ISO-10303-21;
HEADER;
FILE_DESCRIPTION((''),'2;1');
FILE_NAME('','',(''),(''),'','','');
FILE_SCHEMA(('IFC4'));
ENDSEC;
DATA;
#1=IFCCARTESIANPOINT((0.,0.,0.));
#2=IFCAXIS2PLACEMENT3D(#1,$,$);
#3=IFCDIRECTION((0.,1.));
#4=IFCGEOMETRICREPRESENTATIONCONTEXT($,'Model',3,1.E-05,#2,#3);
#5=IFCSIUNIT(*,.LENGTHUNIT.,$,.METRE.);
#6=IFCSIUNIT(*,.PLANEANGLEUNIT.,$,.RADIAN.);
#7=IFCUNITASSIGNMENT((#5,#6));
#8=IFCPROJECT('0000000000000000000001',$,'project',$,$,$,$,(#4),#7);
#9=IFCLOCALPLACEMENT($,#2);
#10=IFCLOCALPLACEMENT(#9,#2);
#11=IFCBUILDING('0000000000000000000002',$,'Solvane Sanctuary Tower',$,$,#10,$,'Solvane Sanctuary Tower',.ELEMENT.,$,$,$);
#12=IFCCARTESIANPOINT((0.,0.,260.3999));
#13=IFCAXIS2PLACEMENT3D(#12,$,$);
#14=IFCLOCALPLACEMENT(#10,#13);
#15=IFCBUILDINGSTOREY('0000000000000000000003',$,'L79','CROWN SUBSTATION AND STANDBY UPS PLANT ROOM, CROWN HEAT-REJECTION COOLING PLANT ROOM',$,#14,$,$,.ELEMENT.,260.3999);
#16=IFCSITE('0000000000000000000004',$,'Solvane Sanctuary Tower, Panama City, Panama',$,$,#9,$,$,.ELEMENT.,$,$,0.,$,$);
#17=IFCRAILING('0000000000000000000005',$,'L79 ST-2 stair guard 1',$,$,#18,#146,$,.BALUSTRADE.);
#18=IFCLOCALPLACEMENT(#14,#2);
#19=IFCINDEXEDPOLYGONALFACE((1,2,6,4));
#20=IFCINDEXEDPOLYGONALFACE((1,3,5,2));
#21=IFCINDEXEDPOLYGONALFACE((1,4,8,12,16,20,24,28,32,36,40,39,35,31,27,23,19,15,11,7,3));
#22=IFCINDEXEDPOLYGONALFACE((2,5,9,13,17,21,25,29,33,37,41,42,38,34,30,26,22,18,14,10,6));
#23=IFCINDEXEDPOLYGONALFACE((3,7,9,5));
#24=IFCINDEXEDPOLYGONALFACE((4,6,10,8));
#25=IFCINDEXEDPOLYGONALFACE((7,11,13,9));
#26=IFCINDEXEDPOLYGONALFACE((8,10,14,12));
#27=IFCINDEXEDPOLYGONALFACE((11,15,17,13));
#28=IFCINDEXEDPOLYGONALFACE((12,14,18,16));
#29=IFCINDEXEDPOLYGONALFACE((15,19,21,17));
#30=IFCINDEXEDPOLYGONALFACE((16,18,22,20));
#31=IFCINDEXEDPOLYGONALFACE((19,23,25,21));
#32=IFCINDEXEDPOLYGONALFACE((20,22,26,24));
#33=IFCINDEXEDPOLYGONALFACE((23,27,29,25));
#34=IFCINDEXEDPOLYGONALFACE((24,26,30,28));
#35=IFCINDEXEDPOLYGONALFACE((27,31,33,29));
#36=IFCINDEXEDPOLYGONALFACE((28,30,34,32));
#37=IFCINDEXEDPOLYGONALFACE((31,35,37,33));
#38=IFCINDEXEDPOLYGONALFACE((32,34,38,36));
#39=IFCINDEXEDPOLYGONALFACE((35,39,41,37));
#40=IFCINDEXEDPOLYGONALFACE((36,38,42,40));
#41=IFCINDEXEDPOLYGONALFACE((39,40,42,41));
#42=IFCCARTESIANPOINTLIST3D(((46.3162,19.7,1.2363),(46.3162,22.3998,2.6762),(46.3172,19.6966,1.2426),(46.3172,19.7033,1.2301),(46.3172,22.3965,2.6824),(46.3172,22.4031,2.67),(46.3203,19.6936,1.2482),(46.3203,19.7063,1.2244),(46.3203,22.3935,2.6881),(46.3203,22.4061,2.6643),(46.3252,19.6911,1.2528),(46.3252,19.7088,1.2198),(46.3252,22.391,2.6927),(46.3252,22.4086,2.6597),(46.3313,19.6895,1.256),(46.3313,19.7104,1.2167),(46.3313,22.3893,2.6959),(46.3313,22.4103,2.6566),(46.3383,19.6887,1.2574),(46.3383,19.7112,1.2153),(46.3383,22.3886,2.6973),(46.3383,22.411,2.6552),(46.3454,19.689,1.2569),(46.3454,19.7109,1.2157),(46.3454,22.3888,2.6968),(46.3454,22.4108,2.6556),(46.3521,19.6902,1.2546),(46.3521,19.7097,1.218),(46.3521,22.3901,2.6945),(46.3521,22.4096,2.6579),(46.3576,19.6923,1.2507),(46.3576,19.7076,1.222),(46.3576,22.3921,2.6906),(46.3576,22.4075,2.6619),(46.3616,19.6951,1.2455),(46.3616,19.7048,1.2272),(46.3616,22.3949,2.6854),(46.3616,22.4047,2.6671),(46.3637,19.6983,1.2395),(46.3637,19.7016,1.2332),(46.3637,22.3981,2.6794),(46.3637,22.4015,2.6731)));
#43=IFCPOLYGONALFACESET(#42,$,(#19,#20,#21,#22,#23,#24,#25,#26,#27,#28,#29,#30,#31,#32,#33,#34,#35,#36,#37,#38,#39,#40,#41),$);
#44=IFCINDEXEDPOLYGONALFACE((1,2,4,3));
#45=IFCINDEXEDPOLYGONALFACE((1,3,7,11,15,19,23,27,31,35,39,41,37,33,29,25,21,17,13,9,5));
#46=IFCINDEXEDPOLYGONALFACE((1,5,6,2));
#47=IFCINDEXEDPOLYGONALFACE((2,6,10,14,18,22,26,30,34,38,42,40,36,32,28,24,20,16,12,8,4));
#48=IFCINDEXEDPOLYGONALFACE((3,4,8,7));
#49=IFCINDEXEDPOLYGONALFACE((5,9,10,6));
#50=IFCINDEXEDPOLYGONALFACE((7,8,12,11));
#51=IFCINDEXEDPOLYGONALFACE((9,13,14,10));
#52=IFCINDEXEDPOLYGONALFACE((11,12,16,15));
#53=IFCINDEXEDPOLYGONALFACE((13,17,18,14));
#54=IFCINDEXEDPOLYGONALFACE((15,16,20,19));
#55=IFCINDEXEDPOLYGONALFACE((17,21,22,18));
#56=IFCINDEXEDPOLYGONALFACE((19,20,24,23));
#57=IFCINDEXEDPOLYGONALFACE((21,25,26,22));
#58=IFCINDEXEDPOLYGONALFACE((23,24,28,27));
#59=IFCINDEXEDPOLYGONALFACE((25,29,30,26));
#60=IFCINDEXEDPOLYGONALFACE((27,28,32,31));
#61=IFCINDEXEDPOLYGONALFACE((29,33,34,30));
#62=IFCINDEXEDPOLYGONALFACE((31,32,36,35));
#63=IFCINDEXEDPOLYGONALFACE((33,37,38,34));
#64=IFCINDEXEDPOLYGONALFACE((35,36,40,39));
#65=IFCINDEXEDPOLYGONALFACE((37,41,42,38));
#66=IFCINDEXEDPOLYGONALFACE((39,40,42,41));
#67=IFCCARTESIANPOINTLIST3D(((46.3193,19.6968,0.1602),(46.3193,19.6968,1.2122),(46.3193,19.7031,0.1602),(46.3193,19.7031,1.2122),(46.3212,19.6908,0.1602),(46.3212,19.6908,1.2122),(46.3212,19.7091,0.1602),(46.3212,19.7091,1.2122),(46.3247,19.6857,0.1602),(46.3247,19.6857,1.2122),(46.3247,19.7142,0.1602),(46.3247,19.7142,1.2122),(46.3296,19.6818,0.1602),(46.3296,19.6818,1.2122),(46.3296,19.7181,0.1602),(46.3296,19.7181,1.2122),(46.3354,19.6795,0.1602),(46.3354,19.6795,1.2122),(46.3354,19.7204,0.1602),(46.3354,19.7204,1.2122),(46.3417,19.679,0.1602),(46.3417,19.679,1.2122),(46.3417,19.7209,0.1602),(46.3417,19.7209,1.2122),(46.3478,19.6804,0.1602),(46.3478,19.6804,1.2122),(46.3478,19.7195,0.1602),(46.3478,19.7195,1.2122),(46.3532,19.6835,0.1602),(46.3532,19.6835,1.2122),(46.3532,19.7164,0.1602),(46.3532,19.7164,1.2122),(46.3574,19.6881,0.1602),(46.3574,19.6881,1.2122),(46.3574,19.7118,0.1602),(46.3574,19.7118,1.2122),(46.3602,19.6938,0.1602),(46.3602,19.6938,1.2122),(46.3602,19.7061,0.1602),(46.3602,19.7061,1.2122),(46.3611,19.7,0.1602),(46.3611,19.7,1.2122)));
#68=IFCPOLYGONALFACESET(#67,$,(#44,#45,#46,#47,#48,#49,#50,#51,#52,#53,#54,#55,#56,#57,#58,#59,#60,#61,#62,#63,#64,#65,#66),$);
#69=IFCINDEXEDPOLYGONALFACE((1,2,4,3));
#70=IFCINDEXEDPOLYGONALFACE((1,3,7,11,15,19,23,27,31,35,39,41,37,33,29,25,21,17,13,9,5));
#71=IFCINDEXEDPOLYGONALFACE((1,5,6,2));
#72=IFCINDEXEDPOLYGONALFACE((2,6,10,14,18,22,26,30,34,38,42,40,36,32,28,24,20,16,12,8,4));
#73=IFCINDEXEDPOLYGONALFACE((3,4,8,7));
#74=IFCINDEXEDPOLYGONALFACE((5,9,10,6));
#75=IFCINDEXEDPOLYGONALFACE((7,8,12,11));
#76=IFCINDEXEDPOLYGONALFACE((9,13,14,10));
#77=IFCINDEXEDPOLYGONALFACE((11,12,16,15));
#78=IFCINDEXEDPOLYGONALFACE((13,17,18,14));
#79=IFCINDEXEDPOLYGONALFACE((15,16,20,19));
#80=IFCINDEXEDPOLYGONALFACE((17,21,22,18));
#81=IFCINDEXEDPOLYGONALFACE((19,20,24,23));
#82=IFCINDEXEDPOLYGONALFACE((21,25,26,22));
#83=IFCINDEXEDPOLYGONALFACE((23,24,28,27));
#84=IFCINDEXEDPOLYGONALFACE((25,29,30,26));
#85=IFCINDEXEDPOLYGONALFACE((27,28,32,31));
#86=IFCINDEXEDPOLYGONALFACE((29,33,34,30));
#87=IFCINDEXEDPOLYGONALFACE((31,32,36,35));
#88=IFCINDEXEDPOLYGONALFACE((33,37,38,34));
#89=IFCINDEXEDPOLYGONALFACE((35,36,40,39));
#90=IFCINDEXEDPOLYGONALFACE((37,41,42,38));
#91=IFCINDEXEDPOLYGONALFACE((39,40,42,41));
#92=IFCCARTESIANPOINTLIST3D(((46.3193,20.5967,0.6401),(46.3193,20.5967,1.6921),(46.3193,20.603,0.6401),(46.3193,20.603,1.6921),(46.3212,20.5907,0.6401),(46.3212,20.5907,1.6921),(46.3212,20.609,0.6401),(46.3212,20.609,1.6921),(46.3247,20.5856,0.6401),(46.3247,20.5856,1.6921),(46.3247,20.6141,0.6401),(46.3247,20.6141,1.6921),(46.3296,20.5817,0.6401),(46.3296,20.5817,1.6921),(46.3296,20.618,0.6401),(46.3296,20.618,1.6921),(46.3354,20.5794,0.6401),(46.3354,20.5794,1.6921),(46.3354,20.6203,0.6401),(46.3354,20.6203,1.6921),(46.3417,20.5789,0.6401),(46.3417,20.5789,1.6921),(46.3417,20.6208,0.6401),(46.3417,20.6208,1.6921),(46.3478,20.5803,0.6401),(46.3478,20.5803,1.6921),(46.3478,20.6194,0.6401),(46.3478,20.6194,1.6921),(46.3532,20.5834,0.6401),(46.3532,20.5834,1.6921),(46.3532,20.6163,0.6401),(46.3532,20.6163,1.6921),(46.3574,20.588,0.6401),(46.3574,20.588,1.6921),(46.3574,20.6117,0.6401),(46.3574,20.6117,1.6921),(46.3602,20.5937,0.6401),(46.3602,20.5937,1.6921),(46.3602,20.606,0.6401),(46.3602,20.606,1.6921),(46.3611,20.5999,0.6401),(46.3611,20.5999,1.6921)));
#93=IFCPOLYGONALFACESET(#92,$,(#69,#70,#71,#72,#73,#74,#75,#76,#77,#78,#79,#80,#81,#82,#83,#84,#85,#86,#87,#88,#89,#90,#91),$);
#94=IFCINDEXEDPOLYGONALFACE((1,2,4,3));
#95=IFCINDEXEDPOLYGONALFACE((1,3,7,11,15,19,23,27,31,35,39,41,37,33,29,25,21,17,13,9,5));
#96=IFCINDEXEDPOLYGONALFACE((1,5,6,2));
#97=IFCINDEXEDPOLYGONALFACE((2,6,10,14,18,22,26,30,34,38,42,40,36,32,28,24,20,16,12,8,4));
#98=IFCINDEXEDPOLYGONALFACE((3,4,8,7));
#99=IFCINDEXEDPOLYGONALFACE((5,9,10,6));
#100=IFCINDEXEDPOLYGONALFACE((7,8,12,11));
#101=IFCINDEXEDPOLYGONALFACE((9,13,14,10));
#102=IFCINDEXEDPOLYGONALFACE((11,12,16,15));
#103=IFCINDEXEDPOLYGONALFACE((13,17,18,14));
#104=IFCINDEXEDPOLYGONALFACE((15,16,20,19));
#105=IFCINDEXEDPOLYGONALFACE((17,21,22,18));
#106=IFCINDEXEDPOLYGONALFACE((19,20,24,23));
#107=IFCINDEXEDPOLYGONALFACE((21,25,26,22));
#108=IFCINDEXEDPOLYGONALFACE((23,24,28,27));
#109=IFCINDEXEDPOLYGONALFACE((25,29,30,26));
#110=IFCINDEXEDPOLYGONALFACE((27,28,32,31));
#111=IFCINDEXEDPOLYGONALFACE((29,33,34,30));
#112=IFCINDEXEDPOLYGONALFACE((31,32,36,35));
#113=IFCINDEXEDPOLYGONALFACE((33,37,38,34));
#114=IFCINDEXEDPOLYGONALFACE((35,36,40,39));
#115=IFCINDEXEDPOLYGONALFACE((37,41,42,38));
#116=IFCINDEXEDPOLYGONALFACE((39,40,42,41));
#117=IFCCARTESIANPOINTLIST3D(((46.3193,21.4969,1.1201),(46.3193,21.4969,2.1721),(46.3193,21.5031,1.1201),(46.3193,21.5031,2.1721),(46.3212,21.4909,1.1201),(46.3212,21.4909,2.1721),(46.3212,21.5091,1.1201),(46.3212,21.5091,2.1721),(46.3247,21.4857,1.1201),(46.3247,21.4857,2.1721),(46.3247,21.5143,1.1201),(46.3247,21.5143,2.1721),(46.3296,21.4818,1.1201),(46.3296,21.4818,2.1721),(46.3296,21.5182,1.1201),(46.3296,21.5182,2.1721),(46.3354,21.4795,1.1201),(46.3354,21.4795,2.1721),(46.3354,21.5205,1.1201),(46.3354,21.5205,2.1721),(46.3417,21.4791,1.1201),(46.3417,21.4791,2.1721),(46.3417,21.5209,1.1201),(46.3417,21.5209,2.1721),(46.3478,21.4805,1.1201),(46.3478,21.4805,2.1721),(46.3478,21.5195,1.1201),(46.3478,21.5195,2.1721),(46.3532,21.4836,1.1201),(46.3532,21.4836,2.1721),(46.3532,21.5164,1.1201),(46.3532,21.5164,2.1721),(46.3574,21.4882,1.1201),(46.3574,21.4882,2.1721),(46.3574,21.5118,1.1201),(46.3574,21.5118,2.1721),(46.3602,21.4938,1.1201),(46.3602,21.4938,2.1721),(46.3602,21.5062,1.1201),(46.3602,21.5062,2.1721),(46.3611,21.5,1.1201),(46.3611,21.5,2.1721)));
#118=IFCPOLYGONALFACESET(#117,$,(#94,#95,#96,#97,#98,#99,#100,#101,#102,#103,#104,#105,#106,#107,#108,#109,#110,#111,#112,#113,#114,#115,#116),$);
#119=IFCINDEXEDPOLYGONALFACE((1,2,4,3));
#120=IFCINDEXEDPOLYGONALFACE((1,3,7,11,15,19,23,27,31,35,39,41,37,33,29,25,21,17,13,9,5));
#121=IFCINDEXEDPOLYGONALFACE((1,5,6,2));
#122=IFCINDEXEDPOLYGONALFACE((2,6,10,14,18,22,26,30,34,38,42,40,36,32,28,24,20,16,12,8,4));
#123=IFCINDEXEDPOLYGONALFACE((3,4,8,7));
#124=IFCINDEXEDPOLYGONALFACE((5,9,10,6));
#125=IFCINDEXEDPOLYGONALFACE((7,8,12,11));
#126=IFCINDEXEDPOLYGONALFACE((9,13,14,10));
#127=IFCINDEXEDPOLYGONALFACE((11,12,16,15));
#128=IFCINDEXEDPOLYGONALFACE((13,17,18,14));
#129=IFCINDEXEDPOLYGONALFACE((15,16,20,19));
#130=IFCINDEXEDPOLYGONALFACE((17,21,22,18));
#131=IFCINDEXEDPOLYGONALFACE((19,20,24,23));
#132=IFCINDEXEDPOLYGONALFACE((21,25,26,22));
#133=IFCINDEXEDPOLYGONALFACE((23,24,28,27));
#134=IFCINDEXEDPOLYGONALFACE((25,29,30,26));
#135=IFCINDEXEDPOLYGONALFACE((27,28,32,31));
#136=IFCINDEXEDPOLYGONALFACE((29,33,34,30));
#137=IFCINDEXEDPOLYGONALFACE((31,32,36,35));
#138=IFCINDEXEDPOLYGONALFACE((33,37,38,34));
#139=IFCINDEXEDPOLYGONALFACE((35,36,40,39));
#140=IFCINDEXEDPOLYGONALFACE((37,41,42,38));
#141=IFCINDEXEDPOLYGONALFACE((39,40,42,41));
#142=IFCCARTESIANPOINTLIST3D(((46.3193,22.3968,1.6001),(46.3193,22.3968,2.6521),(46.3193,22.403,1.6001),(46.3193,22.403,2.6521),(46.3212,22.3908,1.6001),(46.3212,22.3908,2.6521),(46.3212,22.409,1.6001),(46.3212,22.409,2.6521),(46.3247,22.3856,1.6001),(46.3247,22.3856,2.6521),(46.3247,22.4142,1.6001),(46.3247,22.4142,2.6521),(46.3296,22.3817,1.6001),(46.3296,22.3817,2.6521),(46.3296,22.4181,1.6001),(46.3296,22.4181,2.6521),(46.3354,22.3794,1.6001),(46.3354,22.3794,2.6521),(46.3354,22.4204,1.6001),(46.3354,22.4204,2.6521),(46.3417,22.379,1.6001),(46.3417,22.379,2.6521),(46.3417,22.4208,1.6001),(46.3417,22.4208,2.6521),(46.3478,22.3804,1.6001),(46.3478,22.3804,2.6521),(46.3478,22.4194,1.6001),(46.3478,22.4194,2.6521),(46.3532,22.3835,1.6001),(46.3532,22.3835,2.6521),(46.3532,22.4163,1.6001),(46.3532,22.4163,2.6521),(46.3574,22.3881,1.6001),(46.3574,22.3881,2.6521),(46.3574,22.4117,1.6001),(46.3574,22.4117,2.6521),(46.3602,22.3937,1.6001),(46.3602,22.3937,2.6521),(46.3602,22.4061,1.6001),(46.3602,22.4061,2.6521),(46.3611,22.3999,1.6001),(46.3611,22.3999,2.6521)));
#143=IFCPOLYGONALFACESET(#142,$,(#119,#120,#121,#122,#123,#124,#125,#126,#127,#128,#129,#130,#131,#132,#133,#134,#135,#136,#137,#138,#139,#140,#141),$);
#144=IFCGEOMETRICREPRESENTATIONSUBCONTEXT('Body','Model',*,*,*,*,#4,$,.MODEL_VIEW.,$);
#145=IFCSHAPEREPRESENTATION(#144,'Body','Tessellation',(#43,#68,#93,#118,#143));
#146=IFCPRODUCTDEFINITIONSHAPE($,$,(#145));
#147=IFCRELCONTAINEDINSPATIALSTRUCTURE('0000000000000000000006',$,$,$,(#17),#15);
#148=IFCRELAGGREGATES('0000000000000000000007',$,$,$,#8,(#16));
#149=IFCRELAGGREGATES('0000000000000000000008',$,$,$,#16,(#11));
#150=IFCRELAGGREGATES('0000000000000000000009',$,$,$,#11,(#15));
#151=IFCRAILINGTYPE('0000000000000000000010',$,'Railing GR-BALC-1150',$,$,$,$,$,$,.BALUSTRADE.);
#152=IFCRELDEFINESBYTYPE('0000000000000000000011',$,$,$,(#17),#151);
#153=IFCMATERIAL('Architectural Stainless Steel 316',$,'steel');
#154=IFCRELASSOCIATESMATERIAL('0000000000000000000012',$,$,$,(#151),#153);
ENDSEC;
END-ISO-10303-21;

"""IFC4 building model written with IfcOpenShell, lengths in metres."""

from ifc_helpers import new_model, si_unit, direction, frame, origin, origin_2d, place, context, subcontext, project, spatial, circle, extrude, material, type_object, element, save


model = new_model("IFC4")

# Units and contexts
model_context = context("Model", 3, precision=1e-05, world=origin(), true_north=direction((0.0, 1.0)))
body_context = subcontext(model_context, "Body", "Model", "MODEL_VIEW")
ifc_project = project(units=[si_unit("LENGTHUNIT", "METRE"), si_unit("PLANEANGLEUNIT", "RADIAN")], contexts=[model_context])

# Site, building, storey
site_placement = place(None, origin())
site = spatial("IfcSite", under=ifc_project, at=site_placement, Name="Solvane Sanctuary Tower, Panama City, Panama", CompositionType="ELEMENT", RefElevation=0.0)
building_placement = place(site_placement, origin())
building = spatial("IfcBuilding", under=site, at=building_placement, Name="Solvane Sanctuary Tower", LongName="Solvane Sanctuary Tower", CompositionType="ELEMENT")
storey_placement = place(building_placement, frame((0.0, 0.0, 260.3999)))
storey = spatial("IfcBuildingStorey", under=building, at=storey_placement, Name="L79", Description="CROWN SUBSTATION AND STANDBY UPS PLANT ROOM, CROWN HEAT-REJECTION COOLING PLANT ROOM", CompositionType="ELEMENT", Elevation=260.3999)

# Shared definitions
ifc_material_1 = material(Name="Architectural Stainless Steel 316", Category="steel")

# Railing
railing_type_1 = type_object("IfcRailingType", Name="Railing GR-BALC-1150", PredefinedType="BALUSTRADE", material=ifc_material_1)
railing_1_placement = place(storey_placement, frame((46.3401, 19.7, 0.1602)))
element("IfcRailing", 1, at=railing_1_placement, inside=storey, type_object=railing_type_1, Name="L79 ST-2 stair guard 1", PredefinedType="BALUSTRADE", context=body_context, shape_type="SweptSolid", body=[
    extrude(circle(Radius=0.0239, at=origin_2d()), frame((0.0, 0.0, 1.0762), z_axis=(0.0, 0.882357, 0.47058), x_axis=(-1.0, 0.0, 0.0)), (0.0, 0.0, 1.0), 3.0598),
    extrude(circle(Radius=0.021, at=origin_2d()), origin(), (0.0, 0.0, 1.0), 1.052),
    extrude(circle(Radius=0.021, at=origin_2d()), frame((0.0, 0.8999, 0.48)), (0.0, 0.0, 1.0), 1.052),
    extrude(circle(Radius=0.021, at=origin_2d()), frame((0.0, 1.8, 0.96)), (0.0, 0.0, 1.0), 1.052),
    extrude(circle(Radius=0.021, at=origin_2d()), frame((0.0, 2.7, 1.4399)), (0.0, 0.0, 1.0), 1.052),
])

save(model, "model.ifc")
